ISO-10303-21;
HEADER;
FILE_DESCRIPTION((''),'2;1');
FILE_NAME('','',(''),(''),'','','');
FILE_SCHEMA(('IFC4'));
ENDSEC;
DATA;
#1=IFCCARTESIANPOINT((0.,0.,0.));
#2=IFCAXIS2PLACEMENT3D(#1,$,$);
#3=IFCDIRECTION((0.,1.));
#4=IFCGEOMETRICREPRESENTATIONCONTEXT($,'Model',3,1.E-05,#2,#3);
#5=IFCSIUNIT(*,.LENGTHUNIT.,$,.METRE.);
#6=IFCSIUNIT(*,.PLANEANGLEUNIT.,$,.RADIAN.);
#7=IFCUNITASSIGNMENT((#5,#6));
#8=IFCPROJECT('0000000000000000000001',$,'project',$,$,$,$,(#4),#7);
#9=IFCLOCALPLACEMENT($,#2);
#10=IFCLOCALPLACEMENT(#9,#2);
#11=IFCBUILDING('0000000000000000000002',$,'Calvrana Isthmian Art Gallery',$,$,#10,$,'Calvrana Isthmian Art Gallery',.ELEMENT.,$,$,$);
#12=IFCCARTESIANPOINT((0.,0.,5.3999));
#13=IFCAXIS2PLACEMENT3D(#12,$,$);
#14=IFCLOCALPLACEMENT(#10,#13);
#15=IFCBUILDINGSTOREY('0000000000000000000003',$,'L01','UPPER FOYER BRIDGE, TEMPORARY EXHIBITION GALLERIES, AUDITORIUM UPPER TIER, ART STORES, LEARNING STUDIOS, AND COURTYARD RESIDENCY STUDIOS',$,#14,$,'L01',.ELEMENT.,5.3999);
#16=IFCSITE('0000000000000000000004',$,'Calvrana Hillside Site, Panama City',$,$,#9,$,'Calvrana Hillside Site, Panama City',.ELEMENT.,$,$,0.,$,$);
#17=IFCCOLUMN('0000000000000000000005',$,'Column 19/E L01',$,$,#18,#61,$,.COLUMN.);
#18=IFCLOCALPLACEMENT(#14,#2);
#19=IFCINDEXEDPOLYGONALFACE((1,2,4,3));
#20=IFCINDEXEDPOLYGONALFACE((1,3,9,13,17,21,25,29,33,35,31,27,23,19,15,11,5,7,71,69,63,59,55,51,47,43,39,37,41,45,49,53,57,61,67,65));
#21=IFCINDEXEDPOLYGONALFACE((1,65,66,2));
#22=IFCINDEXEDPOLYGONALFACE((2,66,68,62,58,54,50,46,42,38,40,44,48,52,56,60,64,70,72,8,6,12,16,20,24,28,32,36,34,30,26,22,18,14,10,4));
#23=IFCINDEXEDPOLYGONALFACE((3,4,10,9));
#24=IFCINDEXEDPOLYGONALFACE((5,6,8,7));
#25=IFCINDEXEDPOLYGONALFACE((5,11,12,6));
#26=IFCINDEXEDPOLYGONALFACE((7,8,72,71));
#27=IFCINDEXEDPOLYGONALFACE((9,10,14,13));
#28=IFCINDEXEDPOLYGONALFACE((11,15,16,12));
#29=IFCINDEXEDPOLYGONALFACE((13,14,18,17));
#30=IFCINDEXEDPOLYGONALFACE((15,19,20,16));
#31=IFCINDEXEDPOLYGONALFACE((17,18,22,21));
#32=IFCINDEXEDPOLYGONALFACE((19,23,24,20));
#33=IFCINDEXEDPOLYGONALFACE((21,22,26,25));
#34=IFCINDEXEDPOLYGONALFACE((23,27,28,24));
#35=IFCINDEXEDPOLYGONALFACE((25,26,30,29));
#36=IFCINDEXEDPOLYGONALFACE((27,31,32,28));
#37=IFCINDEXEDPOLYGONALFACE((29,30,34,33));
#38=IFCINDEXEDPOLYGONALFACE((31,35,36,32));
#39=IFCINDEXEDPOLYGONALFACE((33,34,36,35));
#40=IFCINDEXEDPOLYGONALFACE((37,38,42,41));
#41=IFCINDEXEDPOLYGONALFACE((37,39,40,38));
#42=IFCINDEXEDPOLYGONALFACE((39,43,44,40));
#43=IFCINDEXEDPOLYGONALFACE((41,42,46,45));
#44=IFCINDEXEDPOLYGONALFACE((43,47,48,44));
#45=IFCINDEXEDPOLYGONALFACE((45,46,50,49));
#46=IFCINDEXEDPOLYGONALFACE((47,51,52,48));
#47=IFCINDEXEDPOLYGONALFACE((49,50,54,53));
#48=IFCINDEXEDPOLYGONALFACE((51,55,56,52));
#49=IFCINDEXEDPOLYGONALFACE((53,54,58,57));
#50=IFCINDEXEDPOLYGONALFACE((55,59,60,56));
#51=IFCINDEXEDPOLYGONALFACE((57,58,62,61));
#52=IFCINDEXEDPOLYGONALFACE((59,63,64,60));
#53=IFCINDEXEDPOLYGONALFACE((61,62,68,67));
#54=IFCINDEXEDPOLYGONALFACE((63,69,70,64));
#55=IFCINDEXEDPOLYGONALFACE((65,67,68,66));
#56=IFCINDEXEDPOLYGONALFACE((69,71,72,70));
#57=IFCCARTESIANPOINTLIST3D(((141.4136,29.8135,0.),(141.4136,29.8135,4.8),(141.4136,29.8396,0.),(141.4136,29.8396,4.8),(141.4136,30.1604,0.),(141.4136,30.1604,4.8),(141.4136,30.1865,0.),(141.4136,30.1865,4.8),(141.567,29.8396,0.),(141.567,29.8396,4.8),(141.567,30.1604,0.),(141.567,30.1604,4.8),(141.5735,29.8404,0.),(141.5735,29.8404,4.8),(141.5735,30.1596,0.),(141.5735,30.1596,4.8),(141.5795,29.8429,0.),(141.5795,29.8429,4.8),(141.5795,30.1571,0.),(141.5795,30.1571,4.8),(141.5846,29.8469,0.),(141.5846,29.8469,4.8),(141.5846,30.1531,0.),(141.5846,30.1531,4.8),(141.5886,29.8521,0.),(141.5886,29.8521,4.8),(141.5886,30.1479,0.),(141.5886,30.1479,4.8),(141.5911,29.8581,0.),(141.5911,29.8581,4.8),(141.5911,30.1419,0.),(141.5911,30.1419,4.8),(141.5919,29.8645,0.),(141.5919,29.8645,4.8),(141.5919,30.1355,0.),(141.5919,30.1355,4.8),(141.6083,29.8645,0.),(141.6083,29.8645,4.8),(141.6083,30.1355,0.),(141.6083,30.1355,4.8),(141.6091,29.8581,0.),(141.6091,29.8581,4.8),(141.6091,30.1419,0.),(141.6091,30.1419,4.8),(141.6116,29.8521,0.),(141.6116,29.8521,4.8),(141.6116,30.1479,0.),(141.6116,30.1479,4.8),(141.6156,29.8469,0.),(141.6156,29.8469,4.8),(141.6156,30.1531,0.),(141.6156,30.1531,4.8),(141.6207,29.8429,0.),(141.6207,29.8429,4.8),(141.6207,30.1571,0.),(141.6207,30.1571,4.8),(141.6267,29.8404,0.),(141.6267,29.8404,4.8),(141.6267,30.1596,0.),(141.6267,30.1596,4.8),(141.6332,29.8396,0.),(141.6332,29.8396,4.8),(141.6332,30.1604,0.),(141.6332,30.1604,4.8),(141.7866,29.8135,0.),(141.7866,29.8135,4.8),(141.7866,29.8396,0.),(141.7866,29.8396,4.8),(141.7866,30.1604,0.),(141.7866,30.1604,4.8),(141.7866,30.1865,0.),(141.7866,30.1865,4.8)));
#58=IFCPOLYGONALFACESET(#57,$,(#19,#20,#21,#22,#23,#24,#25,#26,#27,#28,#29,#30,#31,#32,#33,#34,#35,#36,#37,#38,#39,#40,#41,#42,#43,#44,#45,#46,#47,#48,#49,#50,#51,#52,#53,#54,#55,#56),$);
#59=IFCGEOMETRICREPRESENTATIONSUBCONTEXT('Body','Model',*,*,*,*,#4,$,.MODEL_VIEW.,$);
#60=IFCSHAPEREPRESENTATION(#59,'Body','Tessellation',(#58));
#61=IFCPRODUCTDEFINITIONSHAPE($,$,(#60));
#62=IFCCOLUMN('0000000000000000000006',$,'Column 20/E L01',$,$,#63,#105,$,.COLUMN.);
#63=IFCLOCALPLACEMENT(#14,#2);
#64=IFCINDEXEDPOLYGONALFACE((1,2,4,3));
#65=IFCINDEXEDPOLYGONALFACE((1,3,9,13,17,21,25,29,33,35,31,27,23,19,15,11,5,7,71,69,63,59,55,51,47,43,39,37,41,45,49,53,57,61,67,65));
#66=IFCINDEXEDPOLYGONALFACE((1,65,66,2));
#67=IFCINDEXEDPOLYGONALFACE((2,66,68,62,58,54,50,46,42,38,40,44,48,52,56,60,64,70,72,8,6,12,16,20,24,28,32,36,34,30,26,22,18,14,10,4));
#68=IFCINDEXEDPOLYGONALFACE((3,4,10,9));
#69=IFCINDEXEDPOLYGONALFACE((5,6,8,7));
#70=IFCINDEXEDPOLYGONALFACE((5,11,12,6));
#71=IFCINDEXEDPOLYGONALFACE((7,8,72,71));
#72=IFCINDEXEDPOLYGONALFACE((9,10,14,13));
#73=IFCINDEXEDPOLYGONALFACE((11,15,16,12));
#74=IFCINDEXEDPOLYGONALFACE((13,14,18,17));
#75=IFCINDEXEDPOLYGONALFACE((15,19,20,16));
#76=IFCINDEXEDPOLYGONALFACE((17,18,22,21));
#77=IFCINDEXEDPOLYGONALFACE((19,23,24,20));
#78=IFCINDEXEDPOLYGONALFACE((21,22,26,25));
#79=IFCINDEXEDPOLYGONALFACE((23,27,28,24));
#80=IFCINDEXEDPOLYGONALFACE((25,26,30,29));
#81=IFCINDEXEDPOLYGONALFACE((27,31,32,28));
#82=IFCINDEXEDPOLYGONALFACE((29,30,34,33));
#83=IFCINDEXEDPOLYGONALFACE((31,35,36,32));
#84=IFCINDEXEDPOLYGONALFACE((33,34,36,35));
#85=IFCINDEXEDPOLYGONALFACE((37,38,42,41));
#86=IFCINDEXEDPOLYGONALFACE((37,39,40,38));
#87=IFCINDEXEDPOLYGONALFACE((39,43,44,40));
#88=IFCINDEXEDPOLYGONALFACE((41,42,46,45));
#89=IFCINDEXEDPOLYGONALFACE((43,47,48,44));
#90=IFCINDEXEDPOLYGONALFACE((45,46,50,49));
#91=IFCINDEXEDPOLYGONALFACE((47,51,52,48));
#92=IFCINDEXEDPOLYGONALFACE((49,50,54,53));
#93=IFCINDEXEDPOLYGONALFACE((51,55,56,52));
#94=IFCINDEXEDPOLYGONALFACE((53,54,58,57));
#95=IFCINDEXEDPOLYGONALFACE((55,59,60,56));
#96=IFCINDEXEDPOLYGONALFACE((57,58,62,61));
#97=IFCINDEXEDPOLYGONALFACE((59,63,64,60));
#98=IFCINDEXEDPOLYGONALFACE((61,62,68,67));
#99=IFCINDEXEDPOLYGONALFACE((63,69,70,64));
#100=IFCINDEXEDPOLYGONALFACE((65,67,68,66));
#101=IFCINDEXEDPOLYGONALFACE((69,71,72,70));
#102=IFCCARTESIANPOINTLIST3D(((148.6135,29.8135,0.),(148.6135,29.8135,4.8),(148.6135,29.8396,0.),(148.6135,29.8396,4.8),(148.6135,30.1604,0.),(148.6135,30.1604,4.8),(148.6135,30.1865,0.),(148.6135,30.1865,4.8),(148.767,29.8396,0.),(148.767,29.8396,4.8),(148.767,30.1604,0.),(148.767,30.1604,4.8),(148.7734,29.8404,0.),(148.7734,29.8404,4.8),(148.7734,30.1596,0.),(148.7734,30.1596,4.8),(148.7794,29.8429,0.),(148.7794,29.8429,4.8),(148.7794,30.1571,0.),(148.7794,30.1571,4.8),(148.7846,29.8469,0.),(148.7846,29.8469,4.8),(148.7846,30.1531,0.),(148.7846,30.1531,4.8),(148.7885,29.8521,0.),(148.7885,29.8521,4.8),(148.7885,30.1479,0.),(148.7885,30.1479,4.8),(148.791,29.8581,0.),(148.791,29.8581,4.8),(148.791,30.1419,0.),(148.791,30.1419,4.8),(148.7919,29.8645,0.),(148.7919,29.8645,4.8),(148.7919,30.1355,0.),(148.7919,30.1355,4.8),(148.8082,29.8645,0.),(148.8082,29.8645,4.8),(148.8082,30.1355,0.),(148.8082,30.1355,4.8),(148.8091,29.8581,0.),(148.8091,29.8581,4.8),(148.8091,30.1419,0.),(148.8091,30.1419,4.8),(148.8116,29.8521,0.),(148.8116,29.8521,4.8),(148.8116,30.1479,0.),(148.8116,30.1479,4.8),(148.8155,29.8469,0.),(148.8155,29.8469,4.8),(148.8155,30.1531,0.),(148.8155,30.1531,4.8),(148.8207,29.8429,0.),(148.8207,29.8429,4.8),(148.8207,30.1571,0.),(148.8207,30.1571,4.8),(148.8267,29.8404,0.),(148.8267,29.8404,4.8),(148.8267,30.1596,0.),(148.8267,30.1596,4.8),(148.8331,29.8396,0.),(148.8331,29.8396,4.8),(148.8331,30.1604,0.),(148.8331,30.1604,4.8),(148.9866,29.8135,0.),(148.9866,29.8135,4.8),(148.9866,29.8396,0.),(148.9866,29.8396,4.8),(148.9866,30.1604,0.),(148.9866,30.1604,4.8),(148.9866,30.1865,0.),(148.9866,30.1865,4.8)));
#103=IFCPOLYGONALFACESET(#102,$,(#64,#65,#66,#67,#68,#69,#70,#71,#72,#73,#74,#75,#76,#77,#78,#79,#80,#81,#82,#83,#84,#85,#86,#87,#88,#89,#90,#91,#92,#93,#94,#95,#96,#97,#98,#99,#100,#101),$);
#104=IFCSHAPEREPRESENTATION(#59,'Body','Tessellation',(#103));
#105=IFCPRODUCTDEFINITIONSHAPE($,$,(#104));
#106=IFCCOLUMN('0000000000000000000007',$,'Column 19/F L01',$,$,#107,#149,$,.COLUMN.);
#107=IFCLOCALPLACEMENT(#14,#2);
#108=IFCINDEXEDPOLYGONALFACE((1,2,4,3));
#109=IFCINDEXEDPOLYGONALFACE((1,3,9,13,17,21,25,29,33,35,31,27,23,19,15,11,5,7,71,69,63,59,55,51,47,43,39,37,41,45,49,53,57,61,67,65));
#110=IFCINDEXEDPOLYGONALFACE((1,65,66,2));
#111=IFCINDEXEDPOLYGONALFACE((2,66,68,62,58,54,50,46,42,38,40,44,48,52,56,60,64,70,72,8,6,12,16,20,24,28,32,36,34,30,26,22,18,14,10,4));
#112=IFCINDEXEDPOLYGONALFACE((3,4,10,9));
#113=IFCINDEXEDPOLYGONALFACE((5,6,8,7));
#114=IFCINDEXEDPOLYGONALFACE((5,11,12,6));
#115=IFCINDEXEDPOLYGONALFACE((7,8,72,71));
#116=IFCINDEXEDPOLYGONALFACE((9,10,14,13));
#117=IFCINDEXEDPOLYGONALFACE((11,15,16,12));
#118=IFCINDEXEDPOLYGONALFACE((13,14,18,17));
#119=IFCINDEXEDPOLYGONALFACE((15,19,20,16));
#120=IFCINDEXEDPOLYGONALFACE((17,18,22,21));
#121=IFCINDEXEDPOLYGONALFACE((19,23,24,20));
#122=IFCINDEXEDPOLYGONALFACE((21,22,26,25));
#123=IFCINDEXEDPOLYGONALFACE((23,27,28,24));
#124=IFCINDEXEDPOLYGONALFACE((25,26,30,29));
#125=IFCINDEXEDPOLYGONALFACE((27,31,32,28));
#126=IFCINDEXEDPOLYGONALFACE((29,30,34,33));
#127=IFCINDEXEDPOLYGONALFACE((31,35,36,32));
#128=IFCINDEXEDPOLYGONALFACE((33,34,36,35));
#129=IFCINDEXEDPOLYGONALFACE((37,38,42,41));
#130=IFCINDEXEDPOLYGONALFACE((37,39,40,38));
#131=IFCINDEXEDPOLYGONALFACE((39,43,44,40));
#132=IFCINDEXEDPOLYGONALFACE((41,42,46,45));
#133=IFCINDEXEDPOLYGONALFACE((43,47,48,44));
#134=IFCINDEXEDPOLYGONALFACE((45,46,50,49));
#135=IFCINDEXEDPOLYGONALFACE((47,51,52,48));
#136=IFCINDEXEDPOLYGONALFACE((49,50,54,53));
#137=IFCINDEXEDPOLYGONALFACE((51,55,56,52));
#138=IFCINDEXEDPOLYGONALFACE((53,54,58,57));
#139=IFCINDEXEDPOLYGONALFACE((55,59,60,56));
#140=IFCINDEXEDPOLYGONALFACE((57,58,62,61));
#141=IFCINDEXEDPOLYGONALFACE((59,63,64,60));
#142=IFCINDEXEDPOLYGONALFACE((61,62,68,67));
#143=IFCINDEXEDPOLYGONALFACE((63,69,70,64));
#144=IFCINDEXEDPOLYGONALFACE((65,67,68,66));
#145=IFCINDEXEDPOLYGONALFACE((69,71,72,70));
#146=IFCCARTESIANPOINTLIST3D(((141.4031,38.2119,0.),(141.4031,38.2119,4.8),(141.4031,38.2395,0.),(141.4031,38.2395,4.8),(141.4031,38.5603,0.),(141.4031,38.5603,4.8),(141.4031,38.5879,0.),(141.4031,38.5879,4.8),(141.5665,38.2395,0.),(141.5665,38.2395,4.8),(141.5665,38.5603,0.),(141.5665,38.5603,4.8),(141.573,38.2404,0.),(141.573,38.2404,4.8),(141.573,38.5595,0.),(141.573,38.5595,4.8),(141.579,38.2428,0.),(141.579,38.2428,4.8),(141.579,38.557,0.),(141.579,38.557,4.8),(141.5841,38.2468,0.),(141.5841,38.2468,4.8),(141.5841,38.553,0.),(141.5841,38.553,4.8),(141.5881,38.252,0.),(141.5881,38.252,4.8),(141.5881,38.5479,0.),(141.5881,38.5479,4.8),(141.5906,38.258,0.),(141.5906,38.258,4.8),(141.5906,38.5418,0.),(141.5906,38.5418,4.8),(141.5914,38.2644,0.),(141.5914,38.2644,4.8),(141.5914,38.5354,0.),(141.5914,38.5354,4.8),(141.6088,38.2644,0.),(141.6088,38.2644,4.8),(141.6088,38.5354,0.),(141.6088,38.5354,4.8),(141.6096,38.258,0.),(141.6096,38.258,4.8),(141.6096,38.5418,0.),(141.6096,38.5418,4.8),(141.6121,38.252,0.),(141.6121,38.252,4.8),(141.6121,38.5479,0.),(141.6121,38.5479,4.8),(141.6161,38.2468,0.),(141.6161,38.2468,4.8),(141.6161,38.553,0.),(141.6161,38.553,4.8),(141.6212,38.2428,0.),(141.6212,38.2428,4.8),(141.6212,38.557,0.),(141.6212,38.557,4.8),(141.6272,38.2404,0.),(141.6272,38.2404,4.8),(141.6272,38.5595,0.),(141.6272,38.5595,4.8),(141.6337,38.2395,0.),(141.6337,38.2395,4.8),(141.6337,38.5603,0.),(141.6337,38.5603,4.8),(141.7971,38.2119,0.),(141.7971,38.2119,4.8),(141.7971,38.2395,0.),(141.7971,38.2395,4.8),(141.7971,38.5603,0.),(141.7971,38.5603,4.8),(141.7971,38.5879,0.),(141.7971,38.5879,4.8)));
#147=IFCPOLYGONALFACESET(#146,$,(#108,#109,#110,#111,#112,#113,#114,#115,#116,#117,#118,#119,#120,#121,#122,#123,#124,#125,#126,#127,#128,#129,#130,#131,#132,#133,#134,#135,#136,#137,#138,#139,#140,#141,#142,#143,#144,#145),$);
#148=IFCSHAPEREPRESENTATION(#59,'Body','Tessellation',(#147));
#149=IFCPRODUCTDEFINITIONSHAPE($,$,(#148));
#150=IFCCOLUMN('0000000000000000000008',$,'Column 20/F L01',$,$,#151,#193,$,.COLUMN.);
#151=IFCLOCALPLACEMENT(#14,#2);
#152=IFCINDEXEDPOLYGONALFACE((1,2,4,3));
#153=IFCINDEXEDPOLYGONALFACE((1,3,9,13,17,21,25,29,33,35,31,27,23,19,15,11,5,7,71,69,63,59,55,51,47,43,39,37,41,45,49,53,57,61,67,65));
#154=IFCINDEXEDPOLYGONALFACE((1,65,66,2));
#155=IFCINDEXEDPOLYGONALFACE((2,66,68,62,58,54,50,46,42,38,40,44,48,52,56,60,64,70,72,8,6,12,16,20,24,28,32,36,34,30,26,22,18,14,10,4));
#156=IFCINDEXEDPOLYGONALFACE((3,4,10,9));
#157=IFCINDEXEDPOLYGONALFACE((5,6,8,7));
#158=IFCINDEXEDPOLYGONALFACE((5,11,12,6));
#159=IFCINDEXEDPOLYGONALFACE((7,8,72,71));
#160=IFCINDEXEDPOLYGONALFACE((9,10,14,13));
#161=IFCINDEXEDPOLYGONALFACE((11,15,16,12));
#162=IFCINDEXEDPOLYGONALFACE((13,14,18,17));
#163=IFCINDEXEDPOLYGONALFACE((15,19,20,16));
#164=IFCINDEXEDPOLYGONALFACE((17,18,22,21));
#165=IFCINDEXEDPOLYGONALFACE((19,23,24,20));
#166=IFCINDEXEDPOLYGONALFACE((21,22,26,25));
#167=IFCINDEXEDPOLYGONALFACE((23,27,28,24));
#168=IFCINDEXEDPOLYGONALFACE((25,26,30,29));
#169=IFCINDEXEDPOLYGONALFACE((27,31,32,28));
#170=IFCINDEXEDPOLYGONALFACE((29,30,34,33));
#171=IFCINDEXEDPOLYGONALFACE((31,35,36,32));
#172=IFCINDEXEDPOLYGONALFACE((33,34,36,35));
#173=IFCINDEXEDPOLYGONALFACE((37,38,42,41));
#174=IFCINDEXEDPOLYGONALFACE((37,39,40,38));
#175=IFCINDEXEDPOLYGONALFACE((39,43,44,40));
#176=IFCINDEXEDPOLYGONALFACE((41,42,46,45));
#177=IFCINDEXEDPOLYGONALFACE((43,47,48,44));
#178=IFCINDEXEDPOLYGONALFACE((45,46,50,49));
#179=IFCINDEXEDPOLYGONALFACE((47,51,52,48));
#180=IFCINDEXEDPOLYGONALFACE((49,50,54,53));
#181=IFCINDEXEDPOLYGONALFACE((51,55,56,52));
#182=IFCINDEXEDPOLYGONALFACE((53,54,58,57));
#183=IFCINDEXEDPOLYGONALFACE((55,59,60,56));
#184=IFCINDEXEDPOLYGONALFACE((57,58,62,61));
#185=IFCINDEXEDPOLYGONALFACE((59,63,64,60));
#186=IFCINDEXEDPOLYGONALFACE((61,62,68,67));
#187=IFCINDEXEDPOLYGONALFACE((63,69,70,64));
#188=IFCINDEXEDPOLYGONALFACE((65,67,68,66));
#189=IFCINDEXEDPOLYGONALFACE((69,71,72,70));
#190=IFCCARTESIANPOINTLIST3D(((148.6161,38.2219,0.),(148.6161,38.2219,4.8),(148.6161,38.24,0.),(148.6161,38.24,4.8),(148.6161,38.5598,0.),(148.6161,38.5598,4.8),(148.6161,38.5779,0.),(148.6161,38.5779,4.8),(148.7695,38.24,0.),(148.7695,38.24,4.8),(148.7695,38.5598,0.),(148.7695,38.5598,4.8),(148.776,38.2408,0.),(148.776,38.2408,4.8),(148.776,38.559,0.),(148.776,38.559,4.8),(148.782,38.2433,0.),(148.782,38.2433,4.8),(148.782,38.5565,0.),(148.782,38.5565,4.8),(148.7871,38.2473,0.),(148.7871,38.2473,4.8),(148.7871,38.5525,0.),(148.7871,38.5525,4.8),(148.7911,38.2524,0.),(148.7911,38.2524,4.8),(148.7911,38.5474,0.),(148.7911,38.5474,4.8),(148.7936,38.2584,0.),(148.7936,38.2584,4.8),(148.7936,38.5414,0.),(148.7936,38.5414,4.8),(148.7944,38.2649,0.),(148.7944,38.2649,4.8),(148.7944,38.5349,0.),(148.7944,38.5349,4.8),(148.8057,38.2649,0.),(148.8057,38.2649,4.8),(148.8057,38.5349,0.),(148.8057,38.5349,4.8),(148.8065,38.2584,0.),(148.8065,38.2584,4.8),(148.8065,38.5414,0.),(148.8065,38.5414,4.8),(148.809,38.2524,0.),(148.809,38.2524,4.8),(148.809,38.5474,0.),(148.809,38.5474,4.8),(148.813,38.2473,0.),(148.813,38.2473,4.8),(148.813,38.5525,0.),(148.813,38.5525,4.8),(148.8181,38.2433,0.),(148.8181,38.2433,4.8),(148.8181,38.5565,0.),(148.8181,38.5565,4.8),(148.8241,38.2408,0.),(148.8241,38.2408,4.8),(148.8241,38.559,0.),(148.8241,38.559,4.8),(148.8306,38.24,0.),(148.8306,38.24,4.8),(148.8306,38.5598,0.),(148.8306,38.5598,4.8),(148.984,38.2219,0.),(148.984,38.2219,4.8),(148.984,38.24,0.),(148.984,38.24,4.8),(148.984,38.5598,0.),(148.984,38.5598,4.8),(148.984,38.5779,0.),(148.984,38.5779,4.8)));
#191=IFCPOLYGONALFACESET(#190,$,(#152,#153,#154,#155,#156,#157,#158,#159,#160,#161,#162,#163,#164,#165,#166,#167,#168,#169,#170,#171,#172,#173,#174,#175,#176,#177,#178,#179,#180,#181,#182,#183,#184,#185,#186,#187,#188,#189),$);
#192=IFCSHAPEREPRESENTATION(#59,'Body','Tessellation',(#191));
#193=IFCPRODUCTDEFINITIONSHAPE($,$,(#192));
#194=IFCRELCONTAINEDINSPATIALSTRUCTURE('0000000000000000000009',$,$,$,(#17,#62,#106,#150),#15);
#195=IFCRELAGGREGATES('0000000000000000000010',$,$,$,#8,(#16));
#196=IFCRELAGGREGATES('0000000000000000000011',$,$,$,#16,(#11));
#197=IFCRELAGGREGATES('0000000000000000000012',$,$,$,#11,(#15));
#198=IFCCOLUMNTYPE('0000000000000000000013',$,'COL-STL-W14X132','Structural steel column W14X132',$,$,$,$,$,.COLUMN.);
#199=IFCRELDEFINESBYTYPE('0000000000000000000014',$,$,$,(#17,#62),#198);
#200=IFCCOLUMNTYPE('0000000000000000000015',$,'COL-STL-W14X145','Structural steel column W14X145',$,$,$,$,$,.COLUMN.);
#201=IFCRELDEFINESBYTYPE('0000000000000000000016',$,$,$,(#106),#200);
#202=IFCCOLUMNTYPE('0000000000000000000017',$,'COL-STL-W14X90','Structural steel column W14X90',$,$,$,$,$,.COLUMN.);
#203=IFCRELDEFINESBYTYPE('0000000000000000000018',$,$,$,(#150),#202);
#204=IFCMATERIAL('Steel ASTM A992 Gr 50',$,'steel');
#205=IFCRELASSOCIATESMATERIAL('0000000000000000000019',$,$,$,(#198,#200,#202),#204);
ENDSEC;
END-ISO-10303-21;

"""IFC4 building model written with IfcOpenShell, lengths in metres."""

from ifc_helpers import new_model, si_unit, direction, frame, origin, origin_2d, place, context, subcontext, project, spatial, i_section, extrude, material, material_profile, profile_set, type_object, element, save


model = new_model("IFC4")

# Units and contexts
model_context = context("Model", 3, precision=1e-05, world=origin(), true_north=direction((0.0, 1.0)))
body_context = subcontext(model_context, "Body", "Model", "MODEL_VIEW")
ifc_project = project(units=[si_unit("LENGTHUNIT", "METRE"), si_unit("PLANEANGLEUNIT", "RADIAN")], contexts=[model_context])

# Site, building, storey
site_placement = place(None, origin())
site = spatial("IfcSite", under=ifc_project, at=site_placement, Name="Calvrana Hillside Site, Panama City", LongName="Calvrana Hillside Site, Panama City", CompositionType="ELEMENT", RefElevation=0.0)
building_placement = place(site_placement, origin())
building = spatial("IfcBuilding", under=site, at=building_placement, Name="Calvrana Isthmian Art Gallery", LongName="Calvrana Isthmian Art Gallery", CompositionType="ELEMENT")
storey_placement = place(building_placement, frame((0.0, 0.0, 5.3999)))
storey = spatial("IfcBuildingStorey", under=building, at=storey_placement, Name="L01", Description="UPPER FOYER BRIDGE, TEMPORARY EXHIBITION GALLERIES, AUDITORIUM UPPER TIER, ART STORES, LEARNING STUDIOS, AND COURTYARD RESIDENCY STUDIOS", LongName="L01", CompositionType="ELEMENT", Elevation=5.3999)

# Columns
ifc_material_1 = material(Name="Steel ASTM A992 Gr 50", Category="steel")
ifc_material_profile_1 = material_profile(ifc_material_1, i_section(OverallWidth=0.373, OverallDepth=0.373, WebThickness=0.0164, FlangeThickness=0.0261, FilletRadius=0.0249, at=origin_2d()), Name="W14X132")
ifc_profile_set_1 = profile_set([ifc_material_profile_1], Name="Steel ASTM A992 Gr 50")
column_type_1 = type_object("IfcColumnType", Name="COL-STL-W14X132", Description="Structural steel column W14X132", PredefinedType="COLUMN", material=ifc_profile_set_1)
for number, where, z_axis, x_axis, name in (
    (1, (141.6001, 30.0, 0.0), (0.0, 0.0, 1.0), (1.0, 0.0, 0.0), "Column 19/E L01"),
    (2, (148.8, 30.0, 0.0), (0.0, 0.0, 1.0), (1.0, 0.0, 0.0), "Column 20/E L01"),
):
    element("IfcColumn", number, at=place(storey_placement, frame(where, z_axis=z_axis, x_axis=x_axis)), inside=storey, type_object=column_type_1, Name=name, PredefinedType="COLUMN", context=body_context, shape_type="SweptSolid", body=[
        extrude(i_section(OverallWidth=0.373, OverallDepth=0.373, WebThickness=0.0164, FlangeThickness=0.0261, FilletRadius=0.0249, at=origin_2d()), origin(), (0.0, 0.0, 1.0), 4.8),
    ])
ifc_material_profile_2 = material_profile(ifc_material_1, i_section(OverallWidth=0.394, OverallDepth=0.376, WebThickness=0.0173, FlangeThickness=0.0276, FilletRadius=0.0249, at=origin_2d()), Name="W14X145")
ifc_profile_set_2 = profile_set([ifc_material_profile_2], Name="Steel ASTM A992 Gr 50")
column_type_2 = type_object("IfcColumnType", Name="COL-STL-W14X145", Description="Structural steel column W14X145", PredefinedType="COLUMN", material=ifc_profile_set_2)
column_1_placement = place(storey_placement, frame((141.6001, 38.3999, 0.0), z_axis=(0.0, 0.0, 1.0), x_axis=(1.0, 0.0, 0.0)))
element("IfcColumn", 3, at=column_1_placement, inside=storey, type_object=column_type_2, Name="Column 19/F L01", PredefinedType="COLUMN", context=body_context, shape_type="SweptSolid", body=[
    extrude(i_section(OverallWidth=0.394, OverallDepth=0.376, WebThickness=0.0173, FlangeThickness=0.0276, FilletRadius=0.0249, at=origin_2d()), origin(), (0.0, 0.0, 1.0), 4.8),
])
ifc_material_profile_3 = material_profile(ifc_material_1, i_section(OverallWidth=0.3679, OverallDepth=0.356, WebThickness=0.0112, FlangeThickness=0.0181, FilletRadius=0.0249, at=origin_2d()), Name="W14X90")
ifc_profile_set_3 = profile_set([ifc_material_profile_3], Name="Steel ASTM A992 Gr 50")
column_type_3 = type_object("IfcColumnType", Name="COL-STL-W14X90", Description="Structural steel column W14X90", PredefinedType="COLUMN", material=ifc_profile_set_3)
column_2_placement = place(storey_placement, frame((148.8, 38.3999, 0.0), z_axis=(0.0, 0.0, 1.0), x_axis=(1.0, 0.0, 0.0)))
element("IfcColumn", 4, at=column_2_placement, inside=storey, type_object=column_type_3, Name="Column 20/F L01", PredefinedType="COLUMN", context=body_context, shape_type="SweptSolid", body=[
    extrude(i_section(OverallWidth=0.3679, OverallDepth=0.356, WebThickness=0.0112, FlangeThickness=0.0181, FilletRadius=0.0249, at=origin_2d()), origin(), (0.0, 0.0, 1.0), 4.8),
])

save(model, "model.ifc")
